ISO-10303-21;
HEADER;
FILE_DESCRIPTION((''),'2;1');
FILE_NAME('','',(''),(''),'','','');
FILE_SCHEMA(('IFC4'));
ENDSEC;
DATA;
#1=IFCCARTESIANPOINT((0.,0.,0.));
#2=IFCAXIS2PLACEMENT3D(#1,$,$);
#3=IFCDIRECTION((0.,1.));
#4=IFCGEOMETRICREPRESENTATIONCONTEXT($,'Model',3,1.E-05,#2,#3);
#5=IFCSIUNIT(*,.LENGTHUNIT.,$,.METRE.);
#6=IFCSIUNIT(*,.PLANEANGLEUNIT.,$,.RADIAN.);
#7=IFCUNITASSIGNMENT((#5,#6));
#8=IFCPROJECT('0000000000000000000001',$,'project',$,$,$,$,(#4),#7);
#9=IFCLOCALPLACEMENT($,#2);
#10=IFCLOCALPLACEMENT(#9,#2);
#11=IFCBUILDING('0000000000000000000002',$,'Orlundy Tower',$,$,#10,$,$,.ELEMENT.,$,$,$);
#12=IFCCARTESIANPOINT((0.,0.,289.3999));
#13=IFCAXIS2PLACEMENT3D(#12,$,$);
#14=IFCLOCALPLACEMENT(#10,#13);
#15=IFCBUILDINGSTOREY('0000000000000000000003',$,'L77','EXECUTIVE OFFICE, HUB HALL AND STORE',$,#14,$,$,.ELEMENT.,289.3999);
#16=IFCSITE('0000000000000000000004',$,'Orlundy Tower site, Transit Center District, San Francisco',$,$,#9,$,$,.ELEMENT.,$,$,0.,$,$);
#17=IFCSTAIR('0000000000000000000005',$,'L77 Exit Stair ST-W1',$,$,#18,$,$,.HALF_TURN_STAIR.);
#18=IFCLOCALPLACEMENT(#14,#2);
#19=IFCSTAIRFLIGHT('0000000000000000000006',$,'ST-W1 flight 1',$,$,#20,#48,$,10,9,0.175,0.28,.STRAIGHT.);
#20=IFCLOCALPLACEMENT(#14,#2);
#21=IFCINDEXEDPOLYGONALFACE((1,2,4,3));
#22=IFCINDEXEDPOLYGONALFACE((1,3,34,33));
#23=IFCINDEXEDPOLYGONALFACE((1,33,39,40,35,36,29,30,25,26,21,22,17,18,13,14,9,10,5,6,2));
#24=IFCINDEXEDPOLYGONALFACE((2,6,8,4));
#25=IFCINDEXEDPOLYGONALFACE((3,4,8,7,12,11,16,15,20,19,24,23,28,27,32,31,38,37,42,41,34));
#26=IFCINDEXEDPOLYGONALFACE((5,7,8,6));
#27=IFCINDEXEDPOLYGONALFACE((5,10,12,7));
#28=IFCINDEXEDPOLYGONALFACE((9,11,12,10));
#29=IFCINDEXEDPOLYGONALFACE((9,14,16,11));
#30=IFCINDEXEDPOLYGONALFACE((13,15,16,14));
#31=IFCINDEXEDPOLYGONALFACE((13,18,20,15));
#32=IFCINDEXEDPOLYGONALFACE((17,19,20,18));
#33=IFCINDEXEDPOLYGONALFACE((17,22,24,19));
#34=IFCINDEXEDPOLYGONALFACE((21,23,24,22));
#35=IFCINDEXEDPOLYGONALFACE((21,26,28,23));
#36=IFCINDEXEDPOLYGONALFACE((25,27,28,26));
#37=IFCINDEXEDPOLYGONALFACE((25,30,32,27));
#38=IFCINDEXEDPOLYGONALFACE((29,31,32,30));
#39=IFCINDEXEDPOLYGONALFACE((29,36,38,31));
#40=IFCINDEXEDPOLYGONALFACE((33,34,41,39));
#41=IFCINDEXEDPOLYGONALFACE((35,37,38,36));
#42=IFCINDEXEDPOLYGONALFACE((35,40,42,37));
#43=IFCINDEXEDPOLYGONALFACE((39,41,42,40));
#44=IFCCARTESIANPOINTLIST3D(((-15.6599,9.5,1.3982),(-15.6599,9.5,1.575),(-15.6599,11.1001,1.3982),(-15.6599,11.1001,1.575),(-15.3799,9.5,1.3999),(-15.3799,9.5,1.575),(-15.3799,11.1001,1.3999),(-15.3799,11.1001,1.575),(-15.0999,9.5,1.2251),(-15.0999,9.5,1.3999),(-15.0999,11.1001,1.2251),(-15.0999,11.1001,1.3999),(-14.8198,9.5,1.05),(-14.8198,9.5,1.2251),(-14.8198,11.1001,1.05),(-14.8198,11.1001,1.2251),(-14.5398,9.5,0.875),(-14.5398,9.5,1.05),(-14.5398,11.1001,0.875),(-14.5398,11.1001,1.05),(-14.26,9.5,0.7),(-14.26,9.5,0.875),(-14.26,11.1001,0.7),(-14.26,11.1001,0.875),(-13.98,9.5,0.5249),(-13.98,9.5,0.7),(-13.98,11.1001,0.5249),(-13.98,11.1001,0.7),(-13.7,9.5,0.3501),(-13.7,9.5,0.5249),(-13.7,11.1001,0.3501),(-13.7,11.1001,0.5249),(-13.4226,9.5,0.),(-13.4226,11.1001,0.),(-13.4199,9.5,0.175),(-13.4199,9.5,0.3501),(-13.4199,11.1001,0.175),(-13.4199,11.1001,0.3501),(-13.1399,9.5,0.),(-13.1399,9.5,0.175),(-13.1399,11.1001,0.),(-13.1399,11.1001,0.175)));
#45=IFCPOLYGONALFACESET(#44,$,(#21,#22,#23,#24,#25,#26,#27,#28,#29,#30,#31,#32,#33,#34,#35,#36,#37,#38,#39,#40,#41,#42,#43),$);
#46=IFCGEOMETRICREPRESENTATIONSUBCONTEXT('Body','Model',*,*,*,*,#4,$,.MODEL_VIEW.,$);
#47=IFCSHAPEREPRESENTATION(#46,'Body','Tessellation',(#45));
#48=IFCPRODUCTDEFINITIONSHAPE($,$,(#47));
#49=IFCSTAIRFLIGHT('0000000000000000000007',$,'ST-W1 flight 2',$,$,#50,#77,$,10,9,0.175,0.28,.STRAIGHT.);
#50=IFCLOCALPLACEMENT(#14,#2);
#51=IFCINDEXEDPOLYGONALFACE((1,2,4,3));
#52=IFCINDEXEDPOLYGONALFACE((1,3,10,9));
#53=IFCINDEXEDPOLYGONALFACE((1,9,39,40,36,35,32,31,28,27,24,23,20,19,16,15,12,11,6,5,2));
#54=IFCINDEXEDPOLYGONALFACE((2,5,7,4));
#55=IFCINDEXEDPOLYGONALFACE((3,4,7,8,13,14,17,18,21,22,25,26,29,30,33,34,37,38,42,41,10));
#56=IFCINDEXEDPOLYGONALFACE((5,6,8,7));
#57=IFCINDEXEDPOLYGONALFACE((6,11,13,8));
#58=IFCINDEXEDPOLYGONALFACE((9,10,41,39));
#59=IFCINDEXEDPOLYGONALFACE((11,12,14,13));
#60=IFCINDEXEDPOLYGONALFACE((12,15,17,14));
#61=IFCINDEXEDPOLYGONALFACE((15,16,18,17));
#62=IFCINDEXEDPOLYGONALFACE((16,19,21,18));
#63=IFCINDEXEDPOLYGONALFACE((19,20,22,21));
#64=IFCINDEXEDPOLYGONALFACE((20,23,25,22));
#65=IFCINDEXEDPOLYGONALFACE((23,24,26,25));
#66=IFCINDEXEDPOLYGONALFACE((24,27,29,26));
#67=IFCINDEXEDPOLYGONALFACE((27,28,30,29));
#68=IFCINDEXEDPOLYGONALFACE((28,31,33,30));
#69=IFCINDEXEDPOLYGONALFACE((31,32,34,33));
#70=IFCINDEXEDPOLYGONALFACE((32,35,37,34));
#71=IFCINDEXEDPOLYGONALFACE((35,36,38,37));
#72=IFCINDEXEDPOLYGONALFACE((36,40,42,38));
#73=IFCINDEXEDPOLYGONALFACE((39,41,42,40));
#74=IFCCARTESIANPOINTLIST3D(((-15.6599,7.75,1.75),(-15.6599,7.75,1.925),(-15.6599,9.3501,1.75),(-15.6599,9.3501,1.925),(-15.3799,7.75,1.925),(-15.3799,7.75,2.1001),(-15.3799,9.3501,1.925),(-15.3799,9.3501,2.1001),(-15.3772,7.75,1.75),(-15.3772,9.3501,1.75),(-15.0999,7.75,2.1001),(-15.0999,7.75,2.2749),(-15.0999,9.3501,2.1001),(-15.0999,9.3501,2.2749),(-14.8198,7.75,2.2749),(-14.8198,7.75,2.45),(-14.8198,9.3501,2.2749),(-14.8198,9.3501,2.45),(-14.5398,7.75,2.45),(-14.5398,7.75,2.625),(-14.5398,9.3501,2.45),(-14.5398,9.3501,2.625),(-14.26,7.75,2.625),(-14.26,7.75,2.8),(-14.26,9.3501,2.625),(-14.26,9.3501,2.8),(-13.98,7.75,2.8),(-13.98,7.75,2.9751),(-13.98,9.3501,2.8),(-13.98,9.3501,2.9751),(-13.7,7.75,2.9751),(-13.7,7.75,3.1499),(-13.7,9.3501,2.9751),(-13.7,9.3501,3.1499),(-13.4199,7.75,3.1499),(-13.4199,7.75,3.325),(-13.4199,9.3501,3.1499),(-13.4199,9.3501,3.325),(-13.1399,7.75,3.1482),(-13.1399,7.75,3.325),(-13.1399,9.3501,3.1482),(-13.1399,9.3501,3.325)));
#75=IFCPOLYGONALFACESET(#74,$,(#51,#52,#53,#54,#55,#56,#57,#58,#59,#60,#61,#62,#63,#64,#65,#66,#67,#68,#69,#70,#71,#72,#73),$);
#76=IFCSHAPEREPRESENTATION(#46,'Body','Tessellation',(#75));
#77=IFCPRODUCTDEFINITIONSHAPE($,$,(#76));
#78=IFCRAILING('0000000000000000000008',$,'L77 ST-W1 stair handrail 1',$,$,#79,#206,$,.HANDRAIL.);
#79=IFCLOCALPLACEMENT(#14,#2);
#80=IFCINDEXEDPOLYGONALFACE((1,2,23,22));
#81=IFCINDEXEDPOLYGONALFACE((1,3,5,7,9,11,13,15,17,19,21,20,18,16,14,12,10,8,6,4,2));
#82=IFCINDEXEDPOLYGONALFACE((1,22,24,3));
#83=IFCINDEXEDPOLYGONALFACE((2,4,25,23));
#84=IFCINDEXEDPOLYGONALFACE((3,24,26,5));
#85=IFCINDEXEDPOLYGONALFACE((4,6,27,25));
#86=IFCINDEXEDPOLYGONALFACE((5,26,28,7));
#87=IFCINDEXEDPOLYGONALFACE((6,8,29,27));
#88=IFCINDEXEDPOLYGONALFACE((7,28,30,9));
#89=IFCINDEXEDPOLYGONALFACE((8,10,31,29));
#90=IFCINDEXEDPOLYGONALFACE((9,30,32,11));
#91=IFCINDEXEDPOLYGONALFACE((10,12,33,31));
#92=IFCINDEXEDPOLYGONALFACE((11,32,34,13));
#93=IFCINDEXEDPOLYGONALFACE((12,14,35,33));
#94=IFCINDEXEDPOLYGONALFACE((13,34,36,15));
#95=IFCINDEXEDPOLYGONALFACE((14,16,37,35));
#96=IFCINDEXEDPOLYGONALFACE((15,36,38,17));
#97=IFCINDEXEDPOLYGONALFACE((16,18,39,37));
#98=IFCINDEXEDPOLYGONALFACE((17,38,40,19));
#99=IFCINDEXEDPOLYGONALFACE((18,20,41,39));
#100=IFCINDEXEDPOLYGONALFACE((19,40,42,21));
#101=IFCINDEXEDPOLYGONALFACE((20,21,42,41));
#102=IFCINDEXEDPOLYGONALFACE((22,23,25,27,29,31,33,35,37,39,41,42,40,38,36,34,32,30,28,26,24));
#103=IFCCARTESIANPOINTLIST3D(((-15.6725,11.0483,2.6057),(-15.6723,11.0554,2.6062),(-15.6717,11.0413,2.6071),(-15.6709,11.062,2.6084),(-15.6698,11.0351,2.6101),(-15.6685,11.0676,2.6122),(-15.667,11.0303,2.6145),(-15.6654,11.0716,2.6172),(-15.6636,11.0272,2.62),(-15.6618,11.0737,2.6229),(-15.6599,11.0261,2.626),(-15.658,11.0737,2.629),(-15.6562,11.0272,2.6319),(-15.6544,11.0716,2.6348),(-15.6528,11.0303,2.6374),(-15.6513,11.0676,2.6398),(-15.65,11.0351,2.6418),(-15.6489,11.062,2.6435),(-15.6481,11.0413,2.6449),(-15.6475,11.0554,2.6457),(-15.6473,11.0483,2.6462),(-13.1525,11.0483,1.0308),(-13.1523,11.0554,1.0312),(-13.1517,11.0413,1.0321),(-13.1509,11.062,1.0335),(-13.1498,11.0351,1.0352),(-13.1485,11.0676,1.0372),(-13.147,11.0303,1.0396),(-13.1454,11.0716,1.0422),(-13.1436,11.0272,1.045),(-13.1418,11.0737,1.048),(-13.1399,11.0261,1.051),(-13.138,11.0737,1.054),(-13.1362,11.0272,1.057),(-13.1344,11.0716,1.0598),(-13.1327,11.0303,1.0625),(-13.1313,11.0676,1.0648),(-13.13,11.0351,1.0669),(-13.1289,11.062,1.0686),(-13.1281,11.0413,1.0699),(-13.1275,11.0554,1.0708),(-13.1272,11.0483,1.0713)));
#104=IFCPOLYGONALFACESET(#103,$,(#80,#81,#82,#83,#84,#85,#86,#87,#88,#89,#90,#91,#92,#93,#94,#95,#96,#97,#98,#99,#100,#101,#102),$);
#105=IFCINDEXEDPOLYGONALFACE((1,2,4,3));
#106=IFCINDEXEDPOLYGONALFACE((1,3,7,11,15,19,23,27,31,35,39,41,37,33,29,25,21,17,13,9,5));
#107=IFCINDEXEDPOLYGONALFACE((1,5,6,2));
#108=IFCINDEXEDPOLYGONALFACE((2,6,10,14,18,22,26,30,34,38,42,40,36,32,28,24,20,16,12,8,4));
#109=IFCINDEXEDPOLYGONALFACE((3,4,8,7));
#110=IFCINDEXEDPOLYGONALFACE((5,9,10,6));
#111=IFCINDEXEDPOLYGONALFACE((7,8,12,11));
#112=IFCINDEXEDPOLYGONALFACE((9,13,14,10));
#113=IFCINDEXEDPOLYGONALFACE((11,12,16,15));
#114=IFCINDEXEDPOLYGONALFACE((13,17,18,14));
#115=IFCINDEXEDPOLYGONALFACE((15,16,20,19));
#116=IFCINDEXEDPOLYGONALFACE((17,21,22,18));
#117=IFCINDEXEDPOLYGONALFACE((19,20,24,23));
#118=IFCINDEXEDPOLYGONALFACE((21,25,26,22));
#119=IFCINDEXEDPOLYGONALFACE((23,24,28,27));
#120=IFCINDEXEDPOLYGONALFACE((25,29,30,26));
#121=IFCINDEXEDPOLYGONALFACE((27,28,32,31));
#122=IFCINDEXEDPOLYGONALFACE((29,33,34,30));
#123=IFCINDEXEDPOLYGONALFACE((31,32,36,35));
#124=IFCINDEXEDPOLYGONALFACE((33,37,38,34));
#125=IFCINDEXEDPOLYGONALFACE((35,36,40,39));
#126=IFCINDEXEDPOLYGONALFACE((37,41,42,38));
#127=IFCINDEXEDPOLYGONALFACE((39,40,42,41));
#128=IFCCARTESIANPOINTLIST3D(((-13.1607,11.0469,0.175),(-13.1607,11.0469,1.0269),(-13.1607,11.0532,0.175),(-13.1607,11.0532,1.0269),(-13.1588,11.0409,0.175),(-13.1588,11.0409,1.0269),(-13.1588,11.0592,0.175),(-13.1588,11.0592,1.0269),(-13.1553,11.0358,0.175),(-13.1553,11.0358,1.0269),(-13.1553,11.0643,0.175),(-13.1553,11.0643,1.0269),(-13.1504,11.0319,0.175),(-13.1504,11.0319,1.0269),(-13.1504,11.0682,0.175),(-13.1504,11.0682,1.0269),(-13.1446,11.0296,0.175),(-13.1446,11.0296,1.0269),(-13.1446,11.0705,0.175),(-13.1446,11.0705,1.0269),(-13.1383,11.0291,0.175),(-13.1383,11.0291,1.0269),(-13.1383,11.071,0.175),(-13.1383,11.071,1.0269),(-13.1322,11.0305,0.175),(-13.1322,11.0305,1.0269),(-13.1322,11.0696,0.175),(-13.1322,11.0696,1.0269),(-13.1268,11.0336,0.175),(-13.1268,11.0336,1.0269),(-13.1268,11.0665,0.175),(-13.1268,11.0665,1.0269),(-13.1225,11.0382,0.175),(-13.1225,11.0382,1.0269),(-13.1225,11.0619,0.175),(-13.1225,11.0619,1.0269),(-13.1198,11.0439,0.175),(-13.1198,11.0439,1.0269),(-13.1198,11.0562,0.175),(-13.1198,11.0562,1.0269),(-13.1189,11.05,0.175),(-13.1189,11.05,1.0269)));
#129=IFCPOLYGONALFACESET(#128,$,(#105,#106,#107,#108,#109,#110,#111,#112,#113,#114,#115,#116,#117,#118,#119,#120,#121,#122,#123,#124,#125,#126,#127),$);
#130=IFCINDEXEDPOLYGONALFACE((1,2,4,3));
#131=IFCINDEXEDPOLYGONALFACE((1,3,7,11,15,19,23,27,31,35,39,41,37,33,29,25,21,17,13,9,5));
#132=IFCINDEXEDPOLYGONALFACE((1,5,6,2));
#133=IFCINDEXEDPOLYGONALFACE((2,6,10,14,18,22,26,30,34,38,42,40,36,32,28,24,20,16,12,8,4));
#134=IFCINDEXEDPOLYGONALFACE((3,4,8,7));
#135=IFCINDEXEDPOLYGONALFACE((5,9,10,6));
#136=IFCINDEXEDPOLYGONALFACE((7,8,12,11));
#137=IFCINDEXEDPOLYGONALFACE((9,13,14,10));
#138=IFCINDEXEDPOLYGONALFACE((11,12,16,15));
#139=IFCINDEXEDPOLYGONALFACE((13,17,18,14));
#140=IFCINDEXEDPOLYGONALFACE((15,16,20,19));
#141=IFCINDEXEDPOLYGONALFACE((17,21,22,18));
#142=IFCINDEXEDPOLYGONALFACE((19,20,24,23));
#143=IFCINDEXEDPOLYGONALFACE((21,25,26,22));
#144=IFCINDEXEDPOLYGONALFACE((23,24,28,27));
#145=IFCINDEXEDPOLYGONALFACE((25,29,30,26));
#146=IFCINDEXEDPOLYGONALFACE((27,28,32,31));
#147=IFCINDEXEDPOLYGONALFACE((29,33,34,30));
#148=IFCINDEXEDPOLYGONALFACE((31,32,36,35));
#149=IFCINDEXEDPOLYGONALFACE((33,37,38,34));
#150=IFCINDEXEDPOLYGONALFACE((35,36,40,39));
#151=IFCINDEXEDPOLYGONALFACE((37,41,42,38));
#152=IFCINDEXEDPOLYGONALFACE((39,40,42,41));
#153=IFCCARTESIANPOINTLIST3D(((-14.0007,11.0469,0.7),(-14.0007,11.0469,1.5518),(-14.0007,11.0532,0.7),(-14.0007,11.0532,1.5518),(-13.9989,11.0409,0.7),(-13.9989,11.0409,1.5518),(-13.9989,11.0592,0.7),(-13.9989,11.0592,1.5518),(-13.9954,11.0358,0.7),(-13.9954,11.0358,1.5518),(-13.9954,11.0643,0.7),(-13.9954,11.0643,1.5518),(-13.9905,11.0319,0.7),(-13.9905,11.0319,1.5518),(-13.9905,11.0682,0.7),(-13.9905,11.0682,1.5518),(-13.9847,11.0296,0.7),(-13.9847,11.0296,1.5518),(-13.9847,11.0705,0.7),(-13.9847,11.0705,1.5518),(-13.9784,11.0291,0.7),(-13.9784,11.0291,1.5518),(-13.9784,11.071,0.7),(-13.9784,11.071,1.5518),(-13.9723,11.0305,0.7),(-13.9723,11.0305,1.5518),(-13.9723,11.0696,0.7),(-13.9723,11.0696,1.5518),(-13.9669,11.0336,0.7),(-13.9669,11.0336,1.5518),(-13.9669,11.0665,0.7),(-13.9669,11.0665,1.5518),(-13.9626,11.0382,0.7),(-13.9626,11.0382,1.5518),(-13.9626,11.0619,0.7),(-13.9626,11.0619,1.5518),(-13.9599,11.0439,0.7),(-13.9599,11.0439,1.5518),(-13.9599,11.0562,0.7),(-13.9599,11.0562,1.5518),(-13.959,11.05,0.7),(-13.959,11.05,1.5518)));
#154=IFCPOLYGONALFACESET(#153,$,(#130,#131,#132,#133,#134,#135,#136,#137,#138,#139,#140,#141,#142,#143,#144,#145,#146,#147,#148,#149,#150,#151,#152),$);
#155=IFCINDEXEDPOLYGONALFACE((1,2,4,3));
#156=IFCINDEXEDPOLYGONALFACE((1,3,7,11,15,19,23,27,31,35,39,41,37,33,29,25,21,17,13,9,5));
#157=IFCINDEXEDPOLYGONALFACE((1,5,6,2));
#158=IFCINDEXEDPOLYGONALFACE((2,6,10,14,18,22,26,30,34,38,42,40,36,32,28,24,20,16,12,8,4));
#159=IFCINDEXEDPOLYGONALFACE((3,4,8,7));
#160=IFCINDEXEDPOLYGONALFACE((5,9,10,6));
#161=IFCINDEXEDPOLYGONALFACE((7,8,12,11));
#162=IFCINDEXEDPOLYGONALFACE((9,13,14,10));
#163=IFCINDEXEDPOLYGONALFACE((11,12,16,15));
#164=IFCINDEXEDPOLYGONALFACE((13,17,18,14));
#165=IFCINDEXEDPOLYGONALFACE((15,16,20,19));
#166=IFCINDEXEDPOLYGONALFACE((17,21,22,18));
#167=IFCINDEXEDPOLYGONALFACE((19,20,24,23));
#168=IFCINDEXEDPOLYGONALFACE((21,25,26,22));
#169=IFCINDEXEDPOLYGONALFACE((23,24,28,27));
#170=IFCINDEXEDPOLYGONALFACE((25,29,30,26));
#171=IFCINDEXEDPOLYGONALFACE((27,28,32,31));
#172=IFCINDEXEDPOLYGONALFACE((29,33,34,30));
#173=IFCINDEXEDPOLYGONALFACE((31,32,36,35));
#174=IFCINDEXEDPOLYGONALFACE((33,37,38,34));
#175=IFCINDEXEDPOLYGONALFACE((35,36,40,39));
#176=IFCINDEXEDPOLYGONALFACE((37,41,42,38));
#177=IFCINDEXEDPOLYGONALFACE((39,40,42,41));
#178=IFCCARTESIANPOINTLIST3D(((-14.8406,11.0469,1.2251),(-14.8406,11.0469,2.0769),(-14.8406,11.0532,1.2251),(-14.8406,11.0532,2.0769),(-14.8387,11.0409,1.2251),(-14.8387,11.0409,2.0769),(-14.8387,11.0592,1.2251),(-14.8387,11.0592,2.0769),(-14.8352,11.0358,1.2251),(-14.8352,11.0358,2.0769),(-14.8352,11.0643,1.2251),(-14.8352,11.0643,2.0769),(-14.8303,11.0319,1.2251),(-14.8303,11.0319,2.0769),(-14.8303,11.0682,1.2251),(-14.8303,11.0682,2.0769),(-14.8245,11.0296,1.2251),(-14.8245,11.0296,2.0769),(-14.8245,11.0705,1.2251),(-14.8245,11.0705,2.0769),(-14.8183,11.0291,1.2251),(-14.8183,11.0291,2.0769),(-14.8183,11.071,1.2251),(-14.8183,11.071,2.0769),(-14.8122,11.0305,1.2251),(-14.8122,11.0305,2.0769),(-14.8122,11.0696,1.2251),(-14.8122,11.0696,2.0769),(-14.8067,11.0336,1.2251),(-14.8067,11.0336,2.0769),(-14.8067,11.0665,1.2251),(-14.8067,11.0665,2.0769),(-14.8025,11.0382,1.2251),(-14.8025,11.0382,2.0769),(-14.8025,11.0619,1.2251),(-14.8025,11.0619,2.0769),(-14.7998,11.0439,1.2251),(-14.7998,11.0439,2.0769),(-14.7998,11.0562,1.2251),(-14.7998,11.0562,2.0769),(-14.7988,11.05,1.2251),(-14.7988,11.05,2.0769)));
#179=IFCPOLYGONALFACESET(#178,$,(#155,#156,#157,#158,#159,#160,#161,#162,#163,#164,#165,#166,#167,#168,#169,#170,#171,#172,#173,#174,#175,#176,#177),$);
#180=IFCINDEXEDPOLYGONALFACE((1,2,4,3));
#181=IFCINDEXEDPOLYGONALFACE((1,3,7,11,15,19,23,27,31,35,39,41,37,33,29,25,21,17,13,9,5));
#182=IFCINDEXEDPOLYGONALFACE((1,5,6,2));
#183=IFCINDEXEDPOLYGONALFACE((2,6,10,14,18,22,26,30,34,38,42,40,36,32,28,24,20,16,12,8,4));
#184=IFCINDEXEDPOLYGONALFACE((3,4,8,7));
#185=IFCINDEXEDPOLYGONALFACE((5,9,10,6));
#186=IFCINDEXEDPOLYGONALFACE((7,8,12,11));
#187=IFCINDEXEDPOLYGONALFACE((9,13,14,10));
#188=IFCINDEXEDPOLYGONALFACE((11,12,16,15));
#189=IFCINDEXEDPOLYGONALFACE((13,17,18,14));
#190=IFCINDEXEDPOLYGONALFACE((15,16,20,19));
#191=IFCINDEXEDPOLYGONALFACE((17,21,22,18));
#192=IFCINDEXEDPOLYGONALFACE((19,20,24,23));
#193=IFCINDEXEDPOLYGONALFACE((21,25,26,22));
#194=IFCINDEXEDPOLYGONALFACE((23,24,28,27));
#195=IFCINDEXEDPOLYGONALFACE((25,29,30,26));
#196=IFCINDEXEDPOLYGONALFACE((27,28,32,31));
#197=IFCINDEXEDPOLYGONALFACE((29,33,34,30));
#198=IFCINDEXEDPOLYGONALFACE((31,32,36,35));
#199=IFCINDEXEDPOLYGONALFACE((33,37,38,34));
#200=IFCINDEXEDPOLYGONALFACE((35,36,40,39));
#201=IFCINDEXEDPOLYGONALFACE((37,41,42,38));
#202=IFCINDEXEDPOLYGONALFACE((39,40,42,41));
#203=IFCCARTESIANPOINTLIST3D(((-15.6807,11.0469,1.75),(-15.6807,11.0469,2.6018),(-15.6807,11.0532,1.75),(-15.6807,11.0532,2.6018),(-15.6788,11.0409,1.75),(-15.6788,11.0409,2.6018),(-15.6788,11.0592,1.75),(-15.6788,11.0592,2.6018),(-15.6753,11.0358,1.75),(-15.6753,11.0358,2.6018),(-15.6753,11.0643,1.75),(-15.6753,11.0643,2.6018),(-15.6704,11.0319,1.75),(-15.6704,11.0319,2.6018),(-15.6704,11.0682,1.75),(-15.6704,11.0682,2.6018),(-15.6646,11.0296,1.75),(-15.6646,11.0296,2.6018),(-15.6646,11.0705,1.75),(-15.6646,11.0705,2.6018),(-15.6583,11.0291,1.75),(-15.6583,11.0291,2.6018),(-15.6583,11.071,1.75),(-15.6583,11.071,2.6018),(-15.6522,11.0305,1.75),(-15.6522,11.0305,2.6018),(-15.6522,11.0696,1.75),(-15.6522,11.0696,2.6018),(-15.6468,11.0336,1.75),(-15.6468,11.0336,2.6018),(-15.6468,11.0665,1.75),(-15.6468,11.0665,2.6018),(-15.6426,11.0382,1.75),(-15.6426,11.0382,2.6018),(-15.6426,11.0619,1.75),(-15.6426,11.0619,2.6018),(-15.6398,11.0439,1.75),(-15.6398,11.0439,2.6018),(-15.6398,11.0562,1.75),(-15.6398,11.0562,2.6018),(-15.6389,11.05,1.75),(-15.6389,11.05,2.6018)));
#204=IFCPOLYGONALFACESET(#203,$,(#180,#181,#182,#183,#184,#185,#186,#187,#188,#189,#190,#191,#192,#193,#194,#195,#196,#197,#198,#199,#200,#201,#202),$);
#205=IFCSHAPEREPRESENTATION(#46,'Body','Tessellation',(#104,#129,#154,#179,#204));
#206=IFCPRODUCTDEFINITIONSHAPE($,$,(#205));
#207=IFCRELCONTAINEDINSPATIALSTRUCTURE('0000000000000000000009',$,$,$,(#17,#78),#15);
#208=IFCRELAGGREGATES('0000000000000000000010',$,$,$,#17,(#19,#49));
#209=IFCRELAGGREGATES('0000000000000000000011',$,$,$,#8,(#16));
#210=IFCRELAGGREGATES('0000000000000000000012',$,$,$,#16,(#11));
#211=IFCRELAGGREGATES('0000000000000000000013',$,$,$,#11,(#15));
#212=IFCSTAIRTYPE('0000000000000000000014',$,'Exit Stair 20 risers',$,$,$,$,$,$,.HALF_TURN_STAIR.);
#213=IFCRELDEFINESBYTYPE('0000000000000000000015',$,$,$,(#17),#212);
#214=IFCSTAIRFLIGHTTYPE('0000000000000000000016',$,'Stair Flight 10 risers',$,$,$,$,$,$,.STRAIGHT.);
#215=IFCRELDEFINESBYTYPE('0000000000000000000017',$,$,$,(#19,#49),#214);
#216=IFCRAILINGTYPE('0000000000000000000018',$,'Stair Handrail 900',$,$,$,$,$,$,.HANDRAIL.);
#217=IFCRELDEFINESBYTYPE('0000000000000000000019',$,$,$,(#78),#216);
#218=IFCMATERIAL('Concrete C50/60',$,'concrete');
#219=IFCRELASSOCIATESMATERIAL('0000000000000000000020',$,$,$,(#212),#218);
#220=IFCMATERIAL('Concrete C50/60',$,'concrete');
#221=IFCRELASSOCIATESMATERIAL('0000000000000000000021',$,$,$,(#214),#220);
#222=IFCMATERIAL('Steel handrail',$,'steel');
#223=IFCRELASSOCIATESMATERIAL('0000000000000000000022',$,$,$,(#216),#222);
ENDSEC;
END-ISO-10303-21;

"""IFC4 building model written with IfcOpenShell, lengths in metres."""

from ifc_helpers import new_model, si_unit, direction, frame, origin, origin_2d, place, context, subcontext, project, spatial, polyline, circle, outline, extrude, material, type_object, element, aggregate, save


model = new_model("IFC4")

# Units and contexts
model_context = context("Model", 3, precision=1e-05, world=origin(), true_north=direction((0.0, 1.0)))
body_context = subcontext(model_context, "Body", "Model", "MODEL_VIEW")
ifc_project = project(units=[si_unit("LENGTHUNIT", "METRE"), si_unit("PLANEANGLEUNIT", "RADIAN")], contexts=[model_context])

# Site, building, storey
site_placement = place(None, origin())
site = spatial("IfcSite", under=ifc_project, at=site_placement, Name="Orlundy Tower site, Transit Center District, San Francisco", CompositionType="ELEMENT", RefElevation=0.0)
building_placement = place(site_placement, origin())
building = spatial("IfcBuilding", under=site, at=building_placement, Name="Orlundy Tower", CompositionType="ELEMENT")
storey_placement = place(building_placement, frame((0.0, 0.0, 289.3999)))
storey = spatial("IfcBuildingStorey", under=building, at=storey_placement, Name="L77", Description="EXECUTIVE OFFICE, HUB HALL AND STORE", CompositionType="ELEMENT", Elevation=289.3999)

# Stair, stair flights
ifc_material_1 = material(Name="Concrete C50/60", Category="concrete")
stair_type = type_object("IfcStairType", Name="Exit Stair 20 risers", PredefinedType="HALF_TURN_STAIR", material=ifc_material_1)
stair_placement = place(storey_placement, origin())
stair = element("IfcStair", 1, at=stair_placement, inside=storey, type_object=stair_type, Name="L77 Exit Stair ST-W1", PredefinedType="HALF_TURN_STAIR")
ifc_material_2 = material(Name="Concrete C50/60", Category="concrete")
stair_flight_type = type_object("IfcStairFlightType", Name="Stair Flight 10 risers", PredefinedType="STRAIGHT", material=ifc_material_2)
stair_flight_1_placement = place(storey_placement, frame((-13.1399, 10.3, 0.0), z_axis=(0.0, 0.0, 1.0), x_axis=(-1.0, 0.0, 0.0)))
stair_flight_1 = element("IfcStairFlight", 2, at=stair_flight_1_placement, type_object=stair_flight_type, Name="ST-W1 flight 1", NumberOfRisers=10, NumberOfTreads=9, PredefinedType="STRAIGHT", RiserHeight=0.175, TreadLength=0.28, context=body_context, shape_type="SweptSolid", body=[
    extrude(outline(polyline([(0.0, 0.0), (0.0, 0.175), (0.28, 0.175), (0.28, 0.3501), (0.5601, 0.3501), (0.5601, 0.5249), (0.8401, 0.5249), (0.8401, 0.7), (1.1201, 0.7), (1.1201, 0.875), (1.3999, 0.875), (1.3999, 1.05), (1.6799, 1.05), (1.6799, 1.2251), (1.96, 1.2251), (1.96, 1.3999), (2.24, 1.3999), (2.24, 1.575), (2.52, 1.575), (2.52, 1.75), (2.52, 1.3982), (0.2827, 0.0), (0.0, 0.0)])), frame((0.0, 0.8, 0.0), z_axis=(0.0, -1.0, 0.0), x_axis=(1.0, 0.0, 0.0)), (0.0, 0.0, 1.0), 1.6001),
])
stair_flight_2_placement = place(storey_placement, frame((-15.6599, 8.55, 1.75), z_axis=(0.0, 0.0, 1.0), x_axis=(1.0, 0.0, 0.0)))
stair_flight_2 = element("IfcStairFlight", 3, at=stair_flight_2_placement, type_object=stair_flight_type, Name="ST-W1 flight 2", NumberOfRisers=10, NumberOfTreads=9, PredefinedType="STRAIGHT", RiserHeight=0.175, TreadLength=0.28, context=body_context, shape_type="SweptSolid", body=[
    extrude(outline(polyline([(0.0, 0.0), (0.0, 0.175), (0.28, 0.175), (0.28, 0.3501), (0.5601, 0.3501), (0.5601, 0.5249), (0.8401, 0.5249), (0.8401, 0.7), (1.1201, 0.7), (1.1201, 0.875), (1.3999, 0.875), (1.3999, 1.05), (1.6799, 1.05), (1.6799, 1.2251), (1.96, 1.2251), (1.96, 1.3999), (2.24, 1.3999), (2.24, 1.575), (2.52, 1.575), (2.52, 1.75), (2.52, 1.3982), (0.2827, 0.0), (0.0, 0.0)])), frame((0.0, 0.8, 0.0), z_axis=(0.0, -1.0, 0.0), x_axis=(1.0, 0.0, 0.0)), (0.0, 0.0, 1.0), 1.6001),
])
aggregate(stair, [stair_flight_1, stair_flight_2])

# Railing
ifc_material_3 = material(Name="Steel handrail", Category="steel")
railing_type_1 = type_object("IfcRailingType", Name="Stair Handrail 900", PredefinedType="HANDRAIL", material=ifc_material_3)
railing_1_placement = place(storey_placement, frame((-13.1399, 11.05, 0.175)))
element("IfcRailing", 4, at=railing_1_placement, inside=storey, type_object=railing_type_1, Name="L77 ST-W1 stair handrail 1", PredefinedType="HANDRAIL", context=body_context, shape_type="SweptSolid", body=[
    extrude(circle(Radius=0.0239, at=origin_2d()), frame((0.0, 0.0, 0.876), z_axis=(-0.848008, 0.0, 0.529984), x_axis=(0.0, -1.0, 0.0)), (0.0, 0.0, 1.0), 2.9717),
    extrude(circle(Radius=0.021, at=origin_2d()), origin(), (0.0, 0.0, 1.0), 0.8518),
    extrude(circle(Radius=0.021, at=origin_2d()), frame((-0.8401, 0.0, 0.5249)), (0.0, 0.0, 1.0), 0.8518),
    extrude(circle(Radius=0.021, at=origin_2d()), frame((-1.6799, 0.0, 1.05)), (0.0, 0.0, 1.0), 0.8518),
    extrude(circle(Radius=0.021, at=origin_2d()), frame((-2.52, 0.0, 1.575)), (0.0, 0.0, 1.0), 0.8518),
])

save(model, "model.ifc")
